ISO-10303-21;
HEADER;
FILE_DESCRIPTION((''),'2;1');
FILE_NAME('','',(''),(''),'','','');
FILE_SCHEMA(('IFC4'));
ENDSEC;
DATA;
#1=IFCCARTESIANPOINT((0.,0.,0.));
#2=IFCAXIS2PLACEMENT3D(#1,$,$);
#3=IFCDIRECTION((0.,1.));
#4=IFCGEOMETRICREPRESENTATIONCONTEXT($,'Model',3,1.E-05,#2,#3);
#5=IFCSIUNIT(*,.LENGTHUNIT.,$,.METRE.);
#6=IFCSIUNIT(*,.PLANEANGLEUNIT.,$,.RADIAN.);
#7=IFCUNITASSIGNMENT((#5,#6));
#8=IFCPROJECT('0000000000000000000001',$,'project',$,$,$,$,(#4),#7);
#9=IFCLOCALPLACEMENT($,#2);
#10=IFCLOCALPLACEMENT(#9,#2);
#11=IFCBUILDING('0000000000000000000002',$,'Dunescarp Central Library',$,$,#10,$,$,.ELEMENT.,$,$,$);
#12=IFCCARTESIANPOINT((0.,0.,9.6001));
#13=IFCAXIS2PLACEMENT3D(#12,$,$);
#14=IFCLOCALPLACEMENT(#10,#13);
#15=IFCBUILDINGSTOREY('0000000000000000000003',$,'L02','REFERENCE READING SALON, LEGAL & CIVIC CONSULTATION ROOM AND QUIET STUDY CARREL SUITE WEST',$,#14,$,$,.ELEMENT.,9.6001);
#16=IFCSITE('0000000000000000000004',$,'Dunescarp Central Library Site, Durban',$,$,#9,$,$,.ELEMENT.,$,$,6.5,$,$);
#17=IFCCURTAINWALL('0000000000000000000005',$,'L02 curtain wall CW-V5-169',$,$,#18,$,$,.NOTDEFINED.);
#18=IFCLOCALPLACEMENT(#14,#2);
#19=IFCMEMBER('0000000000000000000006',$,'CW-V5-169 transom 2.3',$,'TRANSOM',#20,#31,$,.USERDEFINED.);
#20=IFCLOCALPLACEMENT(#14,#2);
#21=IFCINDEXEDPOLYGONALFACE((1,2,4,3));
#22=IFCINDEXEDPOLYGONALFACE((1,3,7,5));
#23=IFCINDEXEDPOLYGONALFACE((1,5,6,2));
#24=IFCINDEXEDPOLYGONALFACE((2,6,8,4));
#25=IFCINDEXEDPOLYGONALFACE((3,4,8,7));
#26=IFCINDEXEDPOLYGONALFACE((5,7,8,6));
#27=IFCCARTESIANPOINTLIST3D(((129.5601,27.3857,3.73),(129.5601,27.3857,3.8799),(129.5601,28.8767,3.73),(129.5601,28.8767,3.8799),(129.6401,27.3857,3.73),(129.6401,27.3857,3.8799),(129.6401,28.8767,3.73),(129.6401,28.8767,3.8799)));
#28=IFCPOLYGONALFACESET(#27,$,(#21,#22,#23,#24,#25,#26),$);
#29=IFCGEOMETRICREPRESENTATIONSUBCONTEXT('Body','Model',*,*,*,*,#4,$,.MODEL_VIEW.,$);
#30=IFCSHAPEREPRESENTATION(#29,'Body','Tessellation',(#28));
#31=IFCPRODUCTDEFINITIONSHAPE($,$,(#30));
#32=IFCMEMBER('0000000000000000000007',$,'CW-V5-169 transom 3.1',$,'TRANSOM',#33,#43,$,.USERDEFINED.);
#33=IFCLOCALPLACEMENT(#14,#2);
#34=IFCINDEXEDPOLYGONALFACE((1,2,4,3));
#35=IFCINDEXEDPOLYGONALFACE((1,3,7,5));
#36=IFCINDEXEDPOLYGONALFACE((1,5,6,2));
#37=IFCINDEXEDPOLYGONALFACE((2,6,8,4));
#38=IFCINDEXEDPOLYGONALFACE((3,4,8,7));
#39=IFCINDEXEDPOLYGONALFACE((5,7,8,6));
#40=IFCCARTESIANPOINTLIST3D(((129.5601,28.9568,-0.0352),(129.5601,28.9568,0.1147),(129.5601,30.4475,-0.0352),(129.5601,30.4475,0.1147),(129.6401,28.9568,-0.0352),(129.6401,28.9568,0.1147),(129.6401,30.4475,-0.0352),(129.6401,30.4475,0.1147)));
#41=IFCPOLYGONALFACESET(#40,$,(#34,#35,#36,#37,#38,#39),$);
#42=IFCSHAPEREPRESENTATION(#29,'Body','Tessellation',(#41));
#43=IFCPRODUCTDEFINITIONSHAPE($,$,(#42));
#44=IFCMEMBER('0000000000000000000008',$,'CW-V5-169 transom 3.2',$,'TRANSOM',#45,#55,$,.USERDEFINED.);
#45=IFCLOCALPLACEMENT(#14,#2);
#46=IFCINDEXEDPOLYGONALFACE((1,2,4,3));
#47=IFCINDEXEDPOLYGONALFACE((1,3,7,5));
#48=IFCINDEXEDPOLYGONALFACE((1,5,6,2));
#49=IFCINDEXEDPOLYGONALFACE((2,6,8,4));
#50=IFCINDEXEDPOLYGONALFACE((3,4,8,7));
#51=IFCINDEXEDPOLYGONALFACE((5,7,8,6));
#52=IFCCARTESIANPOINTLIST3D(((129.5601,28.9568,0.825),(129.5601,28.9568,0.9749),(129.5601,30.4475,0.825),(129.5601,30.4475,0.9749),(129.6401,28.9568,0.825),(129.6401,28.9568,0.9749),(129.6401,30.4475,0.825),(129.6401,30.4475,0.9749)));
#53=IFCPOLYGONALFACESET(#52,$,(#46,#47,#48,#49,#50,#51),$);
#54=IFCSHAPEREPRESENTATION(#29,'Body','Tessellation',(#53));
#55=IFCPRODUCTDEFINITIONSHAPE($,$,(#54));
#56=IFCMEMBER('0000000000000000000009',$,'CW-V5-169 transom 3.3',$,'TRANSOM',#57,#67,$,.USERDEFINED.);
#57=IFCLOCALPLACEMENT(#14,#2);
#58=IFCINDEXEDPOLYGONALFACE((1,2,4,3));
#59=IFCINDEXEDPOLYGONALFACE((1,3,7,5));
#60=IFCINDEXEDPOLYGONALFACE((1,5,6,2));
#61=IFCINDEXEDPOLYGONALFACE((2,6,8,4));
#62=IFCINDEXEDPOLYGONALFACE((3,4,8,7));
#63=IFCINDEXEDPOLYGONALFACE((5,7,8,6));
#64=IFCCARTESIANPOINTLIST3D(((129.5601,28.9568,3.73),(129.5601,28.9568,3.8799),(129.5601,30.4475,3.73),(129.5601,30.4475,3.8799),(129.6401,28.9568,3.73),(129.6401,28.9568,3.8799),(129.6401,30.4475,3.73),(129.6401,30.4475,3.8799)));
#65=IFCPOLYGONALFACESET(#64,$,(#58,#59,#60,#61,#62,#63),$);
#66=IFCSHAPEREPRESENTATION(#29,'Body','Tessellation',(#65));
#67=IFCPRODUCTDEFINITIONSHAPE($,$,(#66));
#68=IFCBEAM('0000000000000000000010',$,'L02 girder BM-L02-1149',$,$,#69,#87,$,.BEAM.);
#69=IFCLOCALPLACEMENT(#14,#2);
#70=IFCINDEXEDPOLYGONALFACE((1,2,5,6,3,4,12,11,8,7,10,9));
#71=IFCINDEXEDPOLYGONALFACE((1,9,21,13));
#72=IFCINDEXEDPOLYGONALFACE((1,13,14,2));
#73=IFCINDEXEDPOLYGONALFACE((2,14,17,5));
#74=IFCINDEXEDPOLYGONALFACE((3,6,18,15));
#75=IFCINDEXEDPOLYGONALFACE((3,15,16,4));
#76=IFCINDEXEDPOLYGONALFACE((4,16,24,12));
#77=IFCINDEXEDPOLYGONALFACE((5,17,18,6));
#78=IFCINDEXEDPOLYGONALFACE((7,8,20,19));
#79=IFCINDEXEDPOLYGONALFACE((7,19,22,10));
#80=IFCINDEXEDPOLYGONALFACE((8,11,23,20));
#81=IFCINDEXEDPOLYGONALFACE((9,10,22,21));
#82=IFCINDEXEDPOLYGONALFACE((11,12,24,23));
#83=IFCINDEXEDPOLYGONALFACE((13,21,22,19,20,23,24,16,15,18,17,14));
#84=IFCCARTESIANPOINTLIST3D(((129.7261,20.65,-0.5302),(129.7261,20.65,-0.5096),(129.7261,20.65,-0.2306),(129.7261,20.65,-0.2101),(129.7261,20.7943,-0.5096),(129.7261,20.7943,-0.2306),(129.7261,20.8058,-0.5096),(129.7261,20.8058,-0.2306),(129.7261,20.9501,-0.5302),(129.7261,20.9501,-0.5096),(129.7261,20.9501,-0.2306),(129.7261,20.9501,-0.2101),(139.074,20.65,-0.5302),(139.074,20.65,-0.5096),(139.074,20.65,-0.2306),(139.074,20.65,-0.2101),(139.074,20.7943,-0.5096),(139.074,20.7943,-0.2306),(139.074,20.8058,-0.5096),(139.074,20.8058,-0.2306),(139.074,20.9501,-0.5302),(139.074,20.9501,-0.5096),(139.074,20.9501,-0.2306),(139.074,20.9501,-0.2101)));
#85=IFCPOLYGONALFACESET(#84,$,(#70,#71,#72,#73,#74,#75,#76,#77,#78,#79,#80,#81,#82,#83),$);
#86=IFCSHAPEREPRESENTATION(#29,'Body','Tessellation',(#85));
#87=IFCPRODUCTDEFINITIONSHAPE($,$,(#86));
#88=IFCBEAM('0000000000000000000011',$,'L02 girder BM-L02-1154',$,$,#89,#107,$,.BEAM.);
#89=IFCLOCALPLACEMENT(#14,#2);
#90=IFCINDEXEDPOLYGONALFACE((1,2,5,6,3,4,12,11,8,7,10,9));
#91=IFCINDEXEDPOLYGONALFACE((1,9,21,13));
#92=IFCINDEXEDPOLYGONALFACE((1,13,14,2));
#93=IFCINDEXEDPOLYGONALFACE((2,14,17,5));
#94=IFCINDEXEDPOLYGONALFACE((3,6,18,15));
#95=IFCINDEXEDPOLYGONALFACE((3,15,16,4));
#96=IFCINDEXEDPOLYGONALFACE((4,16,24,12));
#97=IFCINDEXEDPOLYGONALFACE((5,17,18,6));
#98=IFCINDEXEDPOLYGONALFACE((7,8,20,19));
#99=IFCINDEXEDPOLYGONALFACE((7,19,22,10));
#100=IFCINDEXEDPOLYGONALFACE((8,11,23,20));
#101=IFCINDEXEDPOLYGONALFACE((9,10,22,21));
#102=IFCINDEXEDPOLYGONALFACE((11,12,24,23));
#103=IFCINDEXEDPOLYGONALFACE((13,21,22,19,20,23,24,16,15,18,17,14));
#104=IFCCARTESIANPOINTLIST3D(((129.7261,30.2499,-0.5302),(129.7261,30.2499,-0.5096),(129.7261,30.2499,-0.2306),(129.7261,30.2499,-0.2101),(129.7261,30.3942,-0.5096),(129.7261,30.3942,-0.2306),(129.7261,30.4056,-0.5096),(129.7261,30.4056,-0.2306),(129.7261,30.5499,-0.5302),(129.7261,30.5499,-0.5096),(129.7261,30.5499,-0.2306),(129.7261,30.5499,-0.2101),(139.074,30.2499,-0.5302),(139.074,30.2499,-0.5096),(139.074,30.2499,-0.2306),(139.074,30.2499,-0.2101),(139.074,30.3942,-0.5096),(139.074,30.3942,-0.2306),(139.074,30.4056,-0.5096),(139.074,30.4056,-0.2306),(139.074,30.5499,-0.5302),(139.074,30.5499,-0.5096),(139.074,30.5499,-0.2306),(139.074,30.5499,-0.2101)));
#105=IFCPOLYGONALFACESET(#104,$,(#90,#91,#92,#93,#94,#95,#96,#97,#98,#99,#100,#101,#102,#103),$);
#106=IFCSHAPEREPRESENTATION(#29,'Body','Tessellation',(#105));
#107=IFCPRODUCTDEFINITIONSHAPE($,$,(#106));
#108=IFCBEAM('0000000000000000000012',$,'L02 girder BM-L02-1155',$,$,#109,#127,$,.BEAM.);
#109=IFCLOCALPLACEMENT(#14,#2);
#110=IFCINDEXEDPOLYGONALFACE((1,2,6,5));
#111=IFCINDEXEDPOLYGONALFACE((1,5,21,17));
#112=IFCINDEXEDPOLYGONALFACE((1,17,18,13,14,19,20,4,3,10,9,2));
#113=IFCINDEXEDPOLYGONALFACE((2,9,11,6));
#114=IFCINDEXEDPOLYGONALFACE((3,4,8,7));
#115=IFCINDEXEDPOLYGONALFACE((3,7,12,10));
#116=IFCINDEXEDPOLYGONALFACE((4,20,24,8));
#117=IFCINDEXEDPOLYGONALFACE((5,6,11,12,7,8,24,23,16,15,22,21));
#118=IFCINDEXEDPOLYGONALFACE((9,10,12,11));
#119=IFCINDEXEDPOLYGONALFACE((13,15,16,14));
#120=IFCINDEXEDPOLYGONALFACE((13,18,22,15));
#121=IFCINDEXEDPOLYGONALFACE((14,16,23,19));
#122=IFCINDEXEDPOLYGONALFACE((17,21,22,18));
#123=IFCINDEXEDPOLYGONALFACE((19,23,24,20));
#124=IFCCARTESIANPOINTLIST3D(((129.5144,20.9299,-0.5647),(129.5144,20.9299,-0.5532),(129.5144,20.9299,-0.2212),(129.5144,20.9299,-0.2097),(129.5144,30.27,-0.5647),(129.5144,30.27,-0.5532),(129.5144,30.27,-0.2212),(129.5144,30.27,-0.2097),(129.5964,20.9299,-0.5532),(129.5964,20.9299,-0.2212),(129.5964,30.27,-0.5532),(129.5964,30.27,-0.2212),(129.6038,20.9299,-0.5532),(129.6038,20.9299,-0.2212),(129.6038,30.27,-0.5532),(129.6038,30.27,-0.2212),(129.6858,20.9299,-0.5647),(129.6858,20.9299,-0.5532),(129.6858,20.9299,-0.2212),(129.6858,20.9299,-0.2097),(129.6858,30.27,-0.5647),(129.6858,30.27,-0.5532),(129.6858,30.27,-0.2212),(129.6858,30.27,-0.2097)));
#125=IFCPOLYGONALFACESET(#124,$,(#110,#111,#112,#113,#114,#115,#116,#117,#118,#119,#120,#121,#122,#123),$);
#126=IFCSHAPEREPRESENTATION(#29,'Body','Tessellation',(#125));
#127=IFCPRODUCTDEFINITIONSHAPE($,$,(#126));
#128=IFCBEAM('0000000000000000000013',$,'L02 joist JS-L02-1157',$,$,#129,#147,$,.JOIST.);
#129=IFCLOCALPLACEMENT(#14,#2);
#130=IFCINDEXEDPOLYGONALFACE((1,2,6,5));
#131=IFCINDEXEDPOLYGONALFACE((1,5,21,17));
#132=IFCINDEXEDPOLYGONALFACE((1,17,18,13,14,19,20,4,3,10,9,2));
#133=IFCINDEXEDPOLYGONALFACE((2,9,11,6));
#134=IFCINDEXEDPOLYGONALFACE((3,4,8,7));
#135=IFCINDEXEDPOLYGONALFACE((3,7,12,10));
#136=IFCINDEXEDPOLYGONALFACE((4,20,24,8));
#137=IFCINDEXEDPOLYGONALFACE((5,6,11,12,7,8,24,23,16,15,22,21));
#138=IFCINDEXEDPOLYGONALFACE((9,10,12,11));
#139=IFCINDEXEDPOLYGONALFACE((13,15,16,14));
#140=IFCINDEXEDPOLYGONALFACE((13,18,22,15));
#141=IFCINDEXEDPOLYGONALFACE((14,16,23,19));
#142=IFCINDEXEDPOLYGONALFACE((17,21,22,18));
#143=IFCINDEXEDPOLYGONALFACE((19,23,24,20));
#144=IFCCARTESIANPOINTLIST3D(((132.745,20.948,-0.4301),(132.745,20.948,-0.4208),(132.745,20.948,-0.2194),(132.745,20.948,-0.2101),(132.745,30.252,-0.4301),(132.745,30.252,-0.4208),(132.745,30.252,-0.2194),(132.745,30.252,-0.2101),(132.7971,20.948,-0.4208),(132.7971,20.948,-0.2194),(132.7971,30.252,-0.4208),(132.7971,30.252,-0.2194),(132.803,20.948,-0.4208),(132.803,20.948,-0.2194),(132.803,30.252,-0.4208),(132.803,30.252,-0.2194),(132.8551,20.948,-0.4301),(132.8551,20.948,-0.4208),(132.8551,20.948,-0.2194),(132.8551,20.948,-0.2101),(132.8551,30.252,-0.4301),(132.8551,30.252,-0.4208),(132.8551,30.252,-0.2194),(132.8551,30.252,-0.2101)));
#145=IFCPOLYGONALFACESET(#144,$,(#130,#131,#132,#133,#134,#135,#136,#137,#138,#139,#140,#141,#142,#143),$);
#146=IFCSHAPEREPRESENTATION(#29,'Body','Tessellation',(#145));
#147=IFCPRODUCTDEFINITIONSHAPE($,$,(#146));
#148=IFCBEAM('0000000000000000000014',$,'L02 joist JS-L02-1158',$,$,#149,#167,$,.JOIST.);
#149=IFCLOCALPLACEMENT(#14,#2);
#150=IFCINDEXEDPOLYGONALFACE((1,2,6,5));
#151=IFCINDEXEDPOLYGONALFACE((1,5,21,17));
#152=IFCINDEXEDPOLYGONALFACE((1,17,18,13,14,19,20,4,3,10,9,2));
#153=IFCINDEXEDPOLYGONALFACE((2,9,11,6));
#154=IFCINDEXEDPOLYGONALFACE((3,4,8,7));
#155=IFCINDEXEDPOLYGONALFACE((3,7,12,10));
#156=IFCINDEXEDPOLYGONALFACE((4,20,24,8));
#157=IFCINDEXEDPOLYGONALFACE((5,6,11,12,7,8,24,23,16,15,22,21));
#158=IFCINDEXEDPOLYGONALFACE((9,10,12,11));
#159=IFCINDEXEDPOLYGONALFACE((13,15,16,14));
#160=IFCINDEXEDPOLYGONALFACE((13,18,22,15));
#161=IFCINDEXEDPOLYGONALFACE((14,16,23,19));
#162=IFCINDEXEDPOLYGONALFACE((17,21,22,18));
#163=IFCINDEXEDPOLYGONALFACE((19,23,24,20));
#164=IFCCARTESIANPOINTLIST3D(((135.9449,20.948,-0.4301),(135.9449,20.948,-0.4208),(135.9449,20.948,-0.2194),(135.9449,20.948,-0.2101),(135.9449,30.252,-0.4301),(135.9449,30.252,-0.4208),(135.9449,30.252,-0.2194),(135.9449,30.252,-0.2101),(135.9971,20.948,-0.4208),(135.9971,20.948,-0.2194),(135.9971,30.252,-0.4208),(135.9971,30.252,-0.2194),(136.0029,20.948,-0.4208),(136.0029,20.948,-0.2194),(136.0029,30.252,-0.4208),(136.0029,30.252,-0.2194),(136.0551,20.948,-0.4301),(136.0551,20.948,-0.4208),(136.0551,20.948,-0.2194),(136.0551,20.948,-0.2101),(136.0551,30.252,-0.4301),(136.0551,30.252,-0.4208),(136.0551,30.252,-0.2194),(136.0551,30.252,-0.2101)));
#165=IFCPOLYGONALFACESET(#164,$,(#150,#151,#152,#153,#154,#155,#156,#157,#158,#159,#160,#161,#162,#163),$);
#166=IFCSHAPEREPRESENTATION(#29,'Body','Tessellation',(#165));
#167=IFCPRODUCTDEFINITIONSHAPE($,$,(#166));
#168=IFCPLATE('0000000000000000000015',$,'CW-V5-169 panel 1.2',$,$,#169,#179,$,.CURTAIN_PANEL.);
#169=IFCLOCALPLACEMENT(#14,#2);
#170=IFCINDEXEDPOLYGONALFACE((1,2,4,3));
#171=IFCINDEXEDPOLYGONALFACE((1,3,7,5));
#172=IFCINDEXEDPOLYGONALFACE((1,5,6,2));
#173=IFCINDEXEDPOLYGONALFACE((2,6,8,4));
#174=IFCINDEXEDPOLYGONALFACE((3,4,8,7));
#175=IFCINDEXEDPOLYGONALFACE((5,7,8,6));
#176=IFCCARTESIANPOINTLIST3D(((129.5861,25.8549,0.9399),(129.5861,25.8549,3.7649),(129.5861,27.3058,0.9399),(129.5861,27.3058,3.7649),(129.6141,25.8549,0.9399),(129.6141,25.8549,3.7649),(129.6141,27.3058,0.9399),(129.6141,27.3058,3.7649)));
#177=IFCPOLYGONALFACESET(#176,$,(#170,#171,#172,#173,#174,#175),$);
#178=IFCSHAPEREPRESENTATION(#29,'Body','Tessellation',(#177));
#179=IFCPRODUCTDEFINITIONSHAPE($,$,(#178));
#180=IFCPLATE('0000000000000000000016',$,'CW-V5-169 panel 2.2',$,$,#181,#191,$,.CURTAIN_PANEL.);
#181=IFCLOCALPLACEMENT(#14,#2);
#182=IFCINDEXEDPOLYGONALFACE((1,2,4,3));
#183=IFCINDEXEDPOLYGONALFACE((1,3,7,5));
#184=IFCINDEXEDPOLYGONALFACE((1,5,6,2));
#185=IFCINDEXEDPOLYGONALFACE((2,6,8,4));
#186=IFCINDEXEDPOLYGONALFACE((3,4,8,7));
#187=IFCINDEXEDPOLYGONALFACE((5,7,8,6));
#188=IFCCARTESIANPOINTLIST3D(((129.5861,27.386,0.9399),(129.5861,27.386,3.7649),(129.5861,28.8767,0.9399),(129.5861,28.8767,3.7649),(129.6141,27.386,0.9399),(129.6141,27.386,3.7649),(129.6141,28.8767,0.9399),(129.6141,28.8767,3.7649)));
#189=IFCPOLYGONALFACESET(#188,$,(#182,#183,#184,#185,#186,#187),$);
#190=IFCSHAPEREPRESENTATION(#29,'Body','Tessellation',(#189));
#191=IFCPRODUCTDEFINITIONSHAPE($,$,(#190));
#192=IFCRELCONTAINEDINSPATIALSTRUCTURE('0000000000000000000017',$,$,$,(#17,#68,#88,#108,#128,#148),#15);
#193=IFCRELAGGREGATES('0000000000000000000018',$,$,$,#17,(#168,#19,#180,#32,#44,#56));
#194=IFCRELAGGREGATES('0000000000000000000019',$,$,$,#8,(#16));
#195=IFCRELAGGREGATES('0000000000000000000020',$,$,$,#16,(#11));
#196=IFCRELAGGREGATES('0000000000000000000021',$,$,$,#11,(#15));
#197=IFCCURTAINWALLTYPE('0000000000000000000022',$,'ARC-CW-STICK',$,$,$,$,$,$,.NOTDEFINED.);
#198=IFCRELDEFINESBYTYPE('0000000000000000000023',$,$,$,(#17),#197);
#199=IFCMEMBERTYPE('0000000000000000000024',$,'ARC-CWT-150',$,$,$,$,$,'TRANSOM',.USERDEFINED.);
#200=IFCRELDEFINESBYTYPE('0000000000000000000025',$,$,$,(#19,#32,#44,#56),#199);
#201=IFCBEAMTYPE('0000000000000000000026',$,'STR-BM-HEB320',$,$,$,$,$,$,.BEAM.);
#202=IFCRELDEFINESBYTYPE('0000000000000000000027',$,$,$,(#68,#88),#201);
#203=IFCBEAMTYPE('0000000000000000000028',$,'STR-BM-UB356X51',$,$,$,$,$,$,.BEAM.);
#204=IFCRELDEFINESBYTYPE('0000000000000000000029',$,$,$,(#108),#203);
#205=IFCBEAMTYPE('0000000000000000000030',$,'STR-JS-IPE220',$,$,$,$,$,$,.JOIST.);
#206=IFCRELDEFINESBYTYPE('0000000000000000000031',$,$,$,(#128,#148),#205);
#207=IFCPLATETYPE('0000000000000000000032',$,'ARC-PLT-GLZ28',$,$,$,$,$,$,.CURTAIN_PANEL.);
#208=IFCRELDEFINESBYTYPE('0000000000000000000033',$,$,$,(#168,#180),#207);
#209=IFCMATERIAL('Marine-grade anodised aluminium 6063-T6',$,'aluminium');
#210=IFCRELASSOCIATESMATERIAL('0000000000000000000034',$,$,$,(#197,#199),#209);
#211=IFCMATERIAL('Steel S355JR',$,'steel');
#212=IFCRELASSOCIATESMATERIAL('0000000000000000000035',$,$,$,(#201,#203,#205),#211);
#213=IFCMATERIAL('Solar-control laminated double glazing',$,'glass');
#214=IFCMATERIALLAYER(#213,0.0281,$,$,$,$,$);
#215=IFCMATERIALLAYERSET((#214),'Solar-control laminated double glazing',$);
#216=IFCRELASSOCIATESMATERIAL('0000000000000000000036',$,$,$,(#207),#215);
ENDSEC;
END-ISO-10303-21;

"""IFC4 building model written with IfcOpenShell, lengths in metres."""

from ifc_helpers import new_model, si_unit, direction, frame, origin, origin_2d, place, context, subcontext, project, spatial, rectangle, i_section, extrude, material, layer, layer_set, material_profile, profile_set, type_object, element, aggregate, save


model = new_model("IFC4")

# Units and contexts
model_context = context("Model", 3, precision=1e-05, world=origin(), true_north=direction((0.0, 1.0)))
body_context = subcontext(model_context, "Body", "Model", "MODEL_VIEW")
ifc_project = project(units=[si_unit("LENGTHUNIT", "METRE"), si_unit("PLANEANGLEUNIT", "RADIAN")], contexts=[model_context])

# Site, building, storey
site_placement = place(None, origin())
site = spatial("IfcSite", under=ifc_project, at=site_placement, Name="Dunescarp Central Library Site, Durban", CompositionType="ELEMENT", RefElevation=6.5)
building_placement = place(site_placement, origin())
building = spatial("IfcBuilding", under=site, at=building_placement, Name="Dunescarp Central Library", CompositionType="ELEMENT")
storey_placement = place(building_placement, frame((0.0, 0.0, 9.6001)))
storey = spatial("IfcBuildingStorey", under=building, at=storey_placement, Name="L02", Description="REFERENCE READING SALON, LEGAL & CIVIC CONSULTATION ROOM AND QUIET STUDY CARREL SUITE WEST", CompositionType="ELEMENT", Elevation=9.6001)

# Shared definitions
ifc_material_1 = material(Name="Steel S355JR", Category="steel")

# Curtain wall, members
ifc_material_2 = material(Name="Marine-grade anodised aluminium 6063-T6", Category="aluminium")
curtain_wall_type = type_object("IfcCurtainWallType", Name="ARC-CW-STICK", PredefinedType="NOTDEFINED", material=ifc_material_2)
curtain_wall_placement = place(storey_placement, origin())
curtain_wall = element("IfcCurtainWall", 1, at=curtain_wall_placement, inside=storey, type_object=curtain_wall_type, Name="L02 curtain wall CW-V5-169", PredefinedType="NOTDEFINED")
ifc_material_profile_1 = material_profile(ifc_material_2, rectangle(XDim=0.0801, YDim=0.1499, at=origin_2d()), Name="AL 80x150")
ifc_profile_set_1 = profile_set([ifc_material_profile_1], Name="Marine-grade anodised aluminium 6063-T6")
member_type_1 = type_object("IfcMemberType", Name="ARC-CWT-150", ElementType="TRANSOM", PredefinedType="USERDEFINED", material=ifc_profile_set_1)
member_1_placement = place(storey_placement, frame((129.6001, 27.3857, 3.8049), z_axis=(0.0, 1.0, 0.0), x_axis=(-1.0, 0.0, 0.0)))
member_1 = element("IfcMember", 2, at=member_1_placement, type_object=member_type_1, Name="CW-V5-169 transom 2.3", ObjectType="TRANSOM", PredefinedType="USERDEFINED", context=body_context, shape_type="SweptSolid", body=[
    extrude(rectangle(XDim=0.0801, YDim=0.1499, at=origin_2d()), origin(), (0.0, 0.0, 1.0), 1.491),
])
member_2_placement = place(storey_placement, frame((129.6001, 28.9568, 0.0398), z_axis=(0.0, 1.0, 0.0), x_axis=(-1.0, 0.0, 0.0)))
member_2 = element("IfcMember", 3, at=member_2_placement, type_object=member_type_1, Name="CW-V5-169 transom 3.1", ObjectType="TRANSOM", PredefinedType="USERDEFINED", context=body_context, shape_type="SweptSolid", body=[
    extrude(rectangle(XDim=0.0801, YDim=0.1499, at=origin_2d()), origin(), (0.0, 0.0, 1.0), 1.4907),
])
member_3_placement = place(storey_placement, frame((129.6001, 28.9568, 0.8999), z_axis=(0.0, 1.0, 0.0), x_axis=(-1.0, 0.0, 0.0)))
member_3 = element("IfcMember", 4, at=member_3_placement, type_object=member_type_1, Name="CW-V5-169 transom 3.2", ObjectType="TRANSOM", PredefinedType="USERDEFINED", context=body_context, shape_type="SweptSolid", body=[
    extrude(rectangle(XDim=0.0801, YDim=0.1499, at=origin_2d()), origin(), (0.0, 0.0, 1.0), 1.4907),
])
member_4_placement = place(storey_placement, frame((129.6001, 28.9568, 3.8049), z_axis=(0.0, 1.0, 0.0), x_axis=(-1.0, 0.0, 0.0)))
member_4 = element("IfcMember", 5, at=member_4_placement, type_object=member_type_1, Name="CW-V5-169 transom 3.3", ObjectType="TRANSOM", PredefinedType="USERDEFINED", context=body_context, shape_type="SweptSolid", body=[
    extrude(rectangle(XDim=0.0801, YDim=0.1499, at=origin_2d()), origin(), (0.0, 0.0, 1.0), 1.4907),
])

# Beams
ifc_material_profile_2 = material_profile(ifc_material_1, i_section(OverallWidth=0.3, OverallDepth=0.3201, WebThickness=0.0115, FlangeThickness=0.0205, at=origin_2d()), Name="HEB 320")
ifc_profile_set_2 = profile_set([ifc_material_profile_2], Name="Steel S355JR")
beam_type_1 = type_object("IfcBeamType", Name="STR-BM-HEB320", PredefinedType="BEAM", material=ifc_profile_set_2)
for number, where, z_axis, x_axis, name in (
    (6, (129.7261, 20.8, -0.3701), (1.0, 0.0, 0.0), (0.0, 1.0, 0.0), "L02 girder BM-L02-1149"),
    (7, (129.7261, 30.3999, -0.3701), (1.0, 0.0, 0.0), (0.0, 1.0, 0.0), "L02 girder BM-L02-1154"),
):
    element("IfcBeam", number, at=place(storey_placement, frame(where, z_axis=z_axis, x_axis=x_axis)), inside=storey, type_object=beam_type_1, Name=name, PredefinedType="BEAM", context=body_context, shape_type="SweptSolid", body=[
        extrude(i_section(OverallWidth=0.3, OverallDepth=0.3201, WebThickness=0.0115, FlangeThickness=0.0205, at=origin_2d()), origin(), (0.0, 0.0, 1.0), 9.3479),
    ])
ifc_material_profile_3 = material_profile(ifc_material_1, i_section(OverallWidth=0.1714, OverallDepth=0.355, WebThickness=0.0073, FlangeThickness=0.0115, at=origin_2d()), Name="UB 356x171x51")
ifc_profile_set_3 = profile_set([ifc_material_profile_3], Name="Steel S355JR")
beam_type_2 = type_object("IfcBeamType", Name="STR-BM-UB356X51", PredefinedType="BEAM", material=ifc_profile_set_3)
beam_placement = place(storey_placement, frame((129.6001, 20.9299, -0.3872), z_axis=(0.0, 1.0, 0.0), x_axis=(-1.0, 0.0, 0.0)))
element("IfcBeam", 8, at=beam_placement, inside=storey, type_object=beam_type_2, Name="L02 girder BM-L02-1155", PredefinedType="BEAM", context=body_context, shape_type="SweptSolid", body=[
    extrude(i_section(OverallWidth=0.1714, OverallDepth=0.355, WebThickness=0.0073, FlangeThickness=0.0115, at=origin_2d()), origin(), (0.0, 0.0, 1.0), 9.3401),
])
ifc_material_profile_4 = material_profile(ifc_material_1, i_section(OverallWidth=0.1101, OverallDepth=0.22, WebThickness=0.0059, FlangeThickness=0.0093, at=origin_2d()), Name="IPE 220")
ifc_profile_set_4 = profile_set([ifc_material_profile_4], Name="Steel S355JR")
beam_type_3 = type_object("IfcBeamType", Name="STR-JS-IPE220", PredefinedType="JOIST", material=ifc_profile_set_4)
for number, where, z_axis, x_axis, name in (
    (9, (132.8, 20.948, -0.3201), (0.0, 1.0, 0.0), (-1.0, 0.0, 0.0), "L02 joist JS-L02-1157"),
    (10, (136.0, 20.948, -0.3201), (0.0, 1.0, 0.0), (-1.0, 0.0, 0.0), "L02 joist JS-L02-1158"),
):
    element("IfcBeam", number, at=place(storey_placement, frame(where, z_axis=z_axis, x_axis=x_axis)), inside=storey, type_object=beam_type_3, Name=name, PredefinedType="JOIST", context=body_context, shape_type="SweptSolid", body=[
        extrude(i_section(OverallWidth=0.1101, OverallDepth=0.22, WebThickness=0.0059, FlangeThickness=0.0093, at=origin_2d()), origin(), (0.0, 0.0, 1.0), 9.304),
    ])

# Plates
ifc_material_3 = material(Name="Solar-control laminated double glazing", Category="glass")
ifc_layer_1 = layer(ifc_material_3, 0.0281)
ifc_layer_set_1 = layer_set([ifc_layer_1], Name="Solar-control laminated double glazing")
plate_type_1 = type_object("IfcPlateType", Name="ARC-PLT-GLZ28", PredefinedType="CURTAIN_PANEL", material=ifc_layer_set_1)
plate_1_placement = place(storey_placement, frame((129.6001, 26.5803, 0.9399), z_axis=(0.0, 0.0, 1.0), x_axis=(0.0, 1.0, 0.0)))
plate_1 = element("IfcPlate", 11, at=plate_1_placement, type_object=plate_type_1, Name="CW-V5-169 panel 1.2", PredefinedType="CURTAIN_PANEL", context=body_context, shape_type="SweptSolid", body=[
    extrude(rectangle(XDim=1.4509, YDim=0.0281, at=origin_2d()), origin(), (0.0, 0.0, 1.0), 2.825),
])
plate_2_placement = place(storey_placement, frame((129.6001, 28.1313, 0.9399), z_axis=(0.0, 0.0, 1.0), x_axis=(0.0, 1.0, 0.0)))
plate_2 = element("IfcPlate", 12, at=plate_2_placement, type_object=plate_type_1, Name="CW-V5-169 panel 2.2", PredefinedType="CURTAIN_PANEL", context=body_context, shape_type="SweptSolid", body=[
    extrude(rectangle(XDim=1.4907, YDim=0.0281, at=origin_2d()), origin(), (0.0, 0.0, 1.0), 2.825),
])
aggregate(curtain_wall, [plate_1, member_1, plate_2, member_2, member_3, member_4])

save(model, "model.ifc")
